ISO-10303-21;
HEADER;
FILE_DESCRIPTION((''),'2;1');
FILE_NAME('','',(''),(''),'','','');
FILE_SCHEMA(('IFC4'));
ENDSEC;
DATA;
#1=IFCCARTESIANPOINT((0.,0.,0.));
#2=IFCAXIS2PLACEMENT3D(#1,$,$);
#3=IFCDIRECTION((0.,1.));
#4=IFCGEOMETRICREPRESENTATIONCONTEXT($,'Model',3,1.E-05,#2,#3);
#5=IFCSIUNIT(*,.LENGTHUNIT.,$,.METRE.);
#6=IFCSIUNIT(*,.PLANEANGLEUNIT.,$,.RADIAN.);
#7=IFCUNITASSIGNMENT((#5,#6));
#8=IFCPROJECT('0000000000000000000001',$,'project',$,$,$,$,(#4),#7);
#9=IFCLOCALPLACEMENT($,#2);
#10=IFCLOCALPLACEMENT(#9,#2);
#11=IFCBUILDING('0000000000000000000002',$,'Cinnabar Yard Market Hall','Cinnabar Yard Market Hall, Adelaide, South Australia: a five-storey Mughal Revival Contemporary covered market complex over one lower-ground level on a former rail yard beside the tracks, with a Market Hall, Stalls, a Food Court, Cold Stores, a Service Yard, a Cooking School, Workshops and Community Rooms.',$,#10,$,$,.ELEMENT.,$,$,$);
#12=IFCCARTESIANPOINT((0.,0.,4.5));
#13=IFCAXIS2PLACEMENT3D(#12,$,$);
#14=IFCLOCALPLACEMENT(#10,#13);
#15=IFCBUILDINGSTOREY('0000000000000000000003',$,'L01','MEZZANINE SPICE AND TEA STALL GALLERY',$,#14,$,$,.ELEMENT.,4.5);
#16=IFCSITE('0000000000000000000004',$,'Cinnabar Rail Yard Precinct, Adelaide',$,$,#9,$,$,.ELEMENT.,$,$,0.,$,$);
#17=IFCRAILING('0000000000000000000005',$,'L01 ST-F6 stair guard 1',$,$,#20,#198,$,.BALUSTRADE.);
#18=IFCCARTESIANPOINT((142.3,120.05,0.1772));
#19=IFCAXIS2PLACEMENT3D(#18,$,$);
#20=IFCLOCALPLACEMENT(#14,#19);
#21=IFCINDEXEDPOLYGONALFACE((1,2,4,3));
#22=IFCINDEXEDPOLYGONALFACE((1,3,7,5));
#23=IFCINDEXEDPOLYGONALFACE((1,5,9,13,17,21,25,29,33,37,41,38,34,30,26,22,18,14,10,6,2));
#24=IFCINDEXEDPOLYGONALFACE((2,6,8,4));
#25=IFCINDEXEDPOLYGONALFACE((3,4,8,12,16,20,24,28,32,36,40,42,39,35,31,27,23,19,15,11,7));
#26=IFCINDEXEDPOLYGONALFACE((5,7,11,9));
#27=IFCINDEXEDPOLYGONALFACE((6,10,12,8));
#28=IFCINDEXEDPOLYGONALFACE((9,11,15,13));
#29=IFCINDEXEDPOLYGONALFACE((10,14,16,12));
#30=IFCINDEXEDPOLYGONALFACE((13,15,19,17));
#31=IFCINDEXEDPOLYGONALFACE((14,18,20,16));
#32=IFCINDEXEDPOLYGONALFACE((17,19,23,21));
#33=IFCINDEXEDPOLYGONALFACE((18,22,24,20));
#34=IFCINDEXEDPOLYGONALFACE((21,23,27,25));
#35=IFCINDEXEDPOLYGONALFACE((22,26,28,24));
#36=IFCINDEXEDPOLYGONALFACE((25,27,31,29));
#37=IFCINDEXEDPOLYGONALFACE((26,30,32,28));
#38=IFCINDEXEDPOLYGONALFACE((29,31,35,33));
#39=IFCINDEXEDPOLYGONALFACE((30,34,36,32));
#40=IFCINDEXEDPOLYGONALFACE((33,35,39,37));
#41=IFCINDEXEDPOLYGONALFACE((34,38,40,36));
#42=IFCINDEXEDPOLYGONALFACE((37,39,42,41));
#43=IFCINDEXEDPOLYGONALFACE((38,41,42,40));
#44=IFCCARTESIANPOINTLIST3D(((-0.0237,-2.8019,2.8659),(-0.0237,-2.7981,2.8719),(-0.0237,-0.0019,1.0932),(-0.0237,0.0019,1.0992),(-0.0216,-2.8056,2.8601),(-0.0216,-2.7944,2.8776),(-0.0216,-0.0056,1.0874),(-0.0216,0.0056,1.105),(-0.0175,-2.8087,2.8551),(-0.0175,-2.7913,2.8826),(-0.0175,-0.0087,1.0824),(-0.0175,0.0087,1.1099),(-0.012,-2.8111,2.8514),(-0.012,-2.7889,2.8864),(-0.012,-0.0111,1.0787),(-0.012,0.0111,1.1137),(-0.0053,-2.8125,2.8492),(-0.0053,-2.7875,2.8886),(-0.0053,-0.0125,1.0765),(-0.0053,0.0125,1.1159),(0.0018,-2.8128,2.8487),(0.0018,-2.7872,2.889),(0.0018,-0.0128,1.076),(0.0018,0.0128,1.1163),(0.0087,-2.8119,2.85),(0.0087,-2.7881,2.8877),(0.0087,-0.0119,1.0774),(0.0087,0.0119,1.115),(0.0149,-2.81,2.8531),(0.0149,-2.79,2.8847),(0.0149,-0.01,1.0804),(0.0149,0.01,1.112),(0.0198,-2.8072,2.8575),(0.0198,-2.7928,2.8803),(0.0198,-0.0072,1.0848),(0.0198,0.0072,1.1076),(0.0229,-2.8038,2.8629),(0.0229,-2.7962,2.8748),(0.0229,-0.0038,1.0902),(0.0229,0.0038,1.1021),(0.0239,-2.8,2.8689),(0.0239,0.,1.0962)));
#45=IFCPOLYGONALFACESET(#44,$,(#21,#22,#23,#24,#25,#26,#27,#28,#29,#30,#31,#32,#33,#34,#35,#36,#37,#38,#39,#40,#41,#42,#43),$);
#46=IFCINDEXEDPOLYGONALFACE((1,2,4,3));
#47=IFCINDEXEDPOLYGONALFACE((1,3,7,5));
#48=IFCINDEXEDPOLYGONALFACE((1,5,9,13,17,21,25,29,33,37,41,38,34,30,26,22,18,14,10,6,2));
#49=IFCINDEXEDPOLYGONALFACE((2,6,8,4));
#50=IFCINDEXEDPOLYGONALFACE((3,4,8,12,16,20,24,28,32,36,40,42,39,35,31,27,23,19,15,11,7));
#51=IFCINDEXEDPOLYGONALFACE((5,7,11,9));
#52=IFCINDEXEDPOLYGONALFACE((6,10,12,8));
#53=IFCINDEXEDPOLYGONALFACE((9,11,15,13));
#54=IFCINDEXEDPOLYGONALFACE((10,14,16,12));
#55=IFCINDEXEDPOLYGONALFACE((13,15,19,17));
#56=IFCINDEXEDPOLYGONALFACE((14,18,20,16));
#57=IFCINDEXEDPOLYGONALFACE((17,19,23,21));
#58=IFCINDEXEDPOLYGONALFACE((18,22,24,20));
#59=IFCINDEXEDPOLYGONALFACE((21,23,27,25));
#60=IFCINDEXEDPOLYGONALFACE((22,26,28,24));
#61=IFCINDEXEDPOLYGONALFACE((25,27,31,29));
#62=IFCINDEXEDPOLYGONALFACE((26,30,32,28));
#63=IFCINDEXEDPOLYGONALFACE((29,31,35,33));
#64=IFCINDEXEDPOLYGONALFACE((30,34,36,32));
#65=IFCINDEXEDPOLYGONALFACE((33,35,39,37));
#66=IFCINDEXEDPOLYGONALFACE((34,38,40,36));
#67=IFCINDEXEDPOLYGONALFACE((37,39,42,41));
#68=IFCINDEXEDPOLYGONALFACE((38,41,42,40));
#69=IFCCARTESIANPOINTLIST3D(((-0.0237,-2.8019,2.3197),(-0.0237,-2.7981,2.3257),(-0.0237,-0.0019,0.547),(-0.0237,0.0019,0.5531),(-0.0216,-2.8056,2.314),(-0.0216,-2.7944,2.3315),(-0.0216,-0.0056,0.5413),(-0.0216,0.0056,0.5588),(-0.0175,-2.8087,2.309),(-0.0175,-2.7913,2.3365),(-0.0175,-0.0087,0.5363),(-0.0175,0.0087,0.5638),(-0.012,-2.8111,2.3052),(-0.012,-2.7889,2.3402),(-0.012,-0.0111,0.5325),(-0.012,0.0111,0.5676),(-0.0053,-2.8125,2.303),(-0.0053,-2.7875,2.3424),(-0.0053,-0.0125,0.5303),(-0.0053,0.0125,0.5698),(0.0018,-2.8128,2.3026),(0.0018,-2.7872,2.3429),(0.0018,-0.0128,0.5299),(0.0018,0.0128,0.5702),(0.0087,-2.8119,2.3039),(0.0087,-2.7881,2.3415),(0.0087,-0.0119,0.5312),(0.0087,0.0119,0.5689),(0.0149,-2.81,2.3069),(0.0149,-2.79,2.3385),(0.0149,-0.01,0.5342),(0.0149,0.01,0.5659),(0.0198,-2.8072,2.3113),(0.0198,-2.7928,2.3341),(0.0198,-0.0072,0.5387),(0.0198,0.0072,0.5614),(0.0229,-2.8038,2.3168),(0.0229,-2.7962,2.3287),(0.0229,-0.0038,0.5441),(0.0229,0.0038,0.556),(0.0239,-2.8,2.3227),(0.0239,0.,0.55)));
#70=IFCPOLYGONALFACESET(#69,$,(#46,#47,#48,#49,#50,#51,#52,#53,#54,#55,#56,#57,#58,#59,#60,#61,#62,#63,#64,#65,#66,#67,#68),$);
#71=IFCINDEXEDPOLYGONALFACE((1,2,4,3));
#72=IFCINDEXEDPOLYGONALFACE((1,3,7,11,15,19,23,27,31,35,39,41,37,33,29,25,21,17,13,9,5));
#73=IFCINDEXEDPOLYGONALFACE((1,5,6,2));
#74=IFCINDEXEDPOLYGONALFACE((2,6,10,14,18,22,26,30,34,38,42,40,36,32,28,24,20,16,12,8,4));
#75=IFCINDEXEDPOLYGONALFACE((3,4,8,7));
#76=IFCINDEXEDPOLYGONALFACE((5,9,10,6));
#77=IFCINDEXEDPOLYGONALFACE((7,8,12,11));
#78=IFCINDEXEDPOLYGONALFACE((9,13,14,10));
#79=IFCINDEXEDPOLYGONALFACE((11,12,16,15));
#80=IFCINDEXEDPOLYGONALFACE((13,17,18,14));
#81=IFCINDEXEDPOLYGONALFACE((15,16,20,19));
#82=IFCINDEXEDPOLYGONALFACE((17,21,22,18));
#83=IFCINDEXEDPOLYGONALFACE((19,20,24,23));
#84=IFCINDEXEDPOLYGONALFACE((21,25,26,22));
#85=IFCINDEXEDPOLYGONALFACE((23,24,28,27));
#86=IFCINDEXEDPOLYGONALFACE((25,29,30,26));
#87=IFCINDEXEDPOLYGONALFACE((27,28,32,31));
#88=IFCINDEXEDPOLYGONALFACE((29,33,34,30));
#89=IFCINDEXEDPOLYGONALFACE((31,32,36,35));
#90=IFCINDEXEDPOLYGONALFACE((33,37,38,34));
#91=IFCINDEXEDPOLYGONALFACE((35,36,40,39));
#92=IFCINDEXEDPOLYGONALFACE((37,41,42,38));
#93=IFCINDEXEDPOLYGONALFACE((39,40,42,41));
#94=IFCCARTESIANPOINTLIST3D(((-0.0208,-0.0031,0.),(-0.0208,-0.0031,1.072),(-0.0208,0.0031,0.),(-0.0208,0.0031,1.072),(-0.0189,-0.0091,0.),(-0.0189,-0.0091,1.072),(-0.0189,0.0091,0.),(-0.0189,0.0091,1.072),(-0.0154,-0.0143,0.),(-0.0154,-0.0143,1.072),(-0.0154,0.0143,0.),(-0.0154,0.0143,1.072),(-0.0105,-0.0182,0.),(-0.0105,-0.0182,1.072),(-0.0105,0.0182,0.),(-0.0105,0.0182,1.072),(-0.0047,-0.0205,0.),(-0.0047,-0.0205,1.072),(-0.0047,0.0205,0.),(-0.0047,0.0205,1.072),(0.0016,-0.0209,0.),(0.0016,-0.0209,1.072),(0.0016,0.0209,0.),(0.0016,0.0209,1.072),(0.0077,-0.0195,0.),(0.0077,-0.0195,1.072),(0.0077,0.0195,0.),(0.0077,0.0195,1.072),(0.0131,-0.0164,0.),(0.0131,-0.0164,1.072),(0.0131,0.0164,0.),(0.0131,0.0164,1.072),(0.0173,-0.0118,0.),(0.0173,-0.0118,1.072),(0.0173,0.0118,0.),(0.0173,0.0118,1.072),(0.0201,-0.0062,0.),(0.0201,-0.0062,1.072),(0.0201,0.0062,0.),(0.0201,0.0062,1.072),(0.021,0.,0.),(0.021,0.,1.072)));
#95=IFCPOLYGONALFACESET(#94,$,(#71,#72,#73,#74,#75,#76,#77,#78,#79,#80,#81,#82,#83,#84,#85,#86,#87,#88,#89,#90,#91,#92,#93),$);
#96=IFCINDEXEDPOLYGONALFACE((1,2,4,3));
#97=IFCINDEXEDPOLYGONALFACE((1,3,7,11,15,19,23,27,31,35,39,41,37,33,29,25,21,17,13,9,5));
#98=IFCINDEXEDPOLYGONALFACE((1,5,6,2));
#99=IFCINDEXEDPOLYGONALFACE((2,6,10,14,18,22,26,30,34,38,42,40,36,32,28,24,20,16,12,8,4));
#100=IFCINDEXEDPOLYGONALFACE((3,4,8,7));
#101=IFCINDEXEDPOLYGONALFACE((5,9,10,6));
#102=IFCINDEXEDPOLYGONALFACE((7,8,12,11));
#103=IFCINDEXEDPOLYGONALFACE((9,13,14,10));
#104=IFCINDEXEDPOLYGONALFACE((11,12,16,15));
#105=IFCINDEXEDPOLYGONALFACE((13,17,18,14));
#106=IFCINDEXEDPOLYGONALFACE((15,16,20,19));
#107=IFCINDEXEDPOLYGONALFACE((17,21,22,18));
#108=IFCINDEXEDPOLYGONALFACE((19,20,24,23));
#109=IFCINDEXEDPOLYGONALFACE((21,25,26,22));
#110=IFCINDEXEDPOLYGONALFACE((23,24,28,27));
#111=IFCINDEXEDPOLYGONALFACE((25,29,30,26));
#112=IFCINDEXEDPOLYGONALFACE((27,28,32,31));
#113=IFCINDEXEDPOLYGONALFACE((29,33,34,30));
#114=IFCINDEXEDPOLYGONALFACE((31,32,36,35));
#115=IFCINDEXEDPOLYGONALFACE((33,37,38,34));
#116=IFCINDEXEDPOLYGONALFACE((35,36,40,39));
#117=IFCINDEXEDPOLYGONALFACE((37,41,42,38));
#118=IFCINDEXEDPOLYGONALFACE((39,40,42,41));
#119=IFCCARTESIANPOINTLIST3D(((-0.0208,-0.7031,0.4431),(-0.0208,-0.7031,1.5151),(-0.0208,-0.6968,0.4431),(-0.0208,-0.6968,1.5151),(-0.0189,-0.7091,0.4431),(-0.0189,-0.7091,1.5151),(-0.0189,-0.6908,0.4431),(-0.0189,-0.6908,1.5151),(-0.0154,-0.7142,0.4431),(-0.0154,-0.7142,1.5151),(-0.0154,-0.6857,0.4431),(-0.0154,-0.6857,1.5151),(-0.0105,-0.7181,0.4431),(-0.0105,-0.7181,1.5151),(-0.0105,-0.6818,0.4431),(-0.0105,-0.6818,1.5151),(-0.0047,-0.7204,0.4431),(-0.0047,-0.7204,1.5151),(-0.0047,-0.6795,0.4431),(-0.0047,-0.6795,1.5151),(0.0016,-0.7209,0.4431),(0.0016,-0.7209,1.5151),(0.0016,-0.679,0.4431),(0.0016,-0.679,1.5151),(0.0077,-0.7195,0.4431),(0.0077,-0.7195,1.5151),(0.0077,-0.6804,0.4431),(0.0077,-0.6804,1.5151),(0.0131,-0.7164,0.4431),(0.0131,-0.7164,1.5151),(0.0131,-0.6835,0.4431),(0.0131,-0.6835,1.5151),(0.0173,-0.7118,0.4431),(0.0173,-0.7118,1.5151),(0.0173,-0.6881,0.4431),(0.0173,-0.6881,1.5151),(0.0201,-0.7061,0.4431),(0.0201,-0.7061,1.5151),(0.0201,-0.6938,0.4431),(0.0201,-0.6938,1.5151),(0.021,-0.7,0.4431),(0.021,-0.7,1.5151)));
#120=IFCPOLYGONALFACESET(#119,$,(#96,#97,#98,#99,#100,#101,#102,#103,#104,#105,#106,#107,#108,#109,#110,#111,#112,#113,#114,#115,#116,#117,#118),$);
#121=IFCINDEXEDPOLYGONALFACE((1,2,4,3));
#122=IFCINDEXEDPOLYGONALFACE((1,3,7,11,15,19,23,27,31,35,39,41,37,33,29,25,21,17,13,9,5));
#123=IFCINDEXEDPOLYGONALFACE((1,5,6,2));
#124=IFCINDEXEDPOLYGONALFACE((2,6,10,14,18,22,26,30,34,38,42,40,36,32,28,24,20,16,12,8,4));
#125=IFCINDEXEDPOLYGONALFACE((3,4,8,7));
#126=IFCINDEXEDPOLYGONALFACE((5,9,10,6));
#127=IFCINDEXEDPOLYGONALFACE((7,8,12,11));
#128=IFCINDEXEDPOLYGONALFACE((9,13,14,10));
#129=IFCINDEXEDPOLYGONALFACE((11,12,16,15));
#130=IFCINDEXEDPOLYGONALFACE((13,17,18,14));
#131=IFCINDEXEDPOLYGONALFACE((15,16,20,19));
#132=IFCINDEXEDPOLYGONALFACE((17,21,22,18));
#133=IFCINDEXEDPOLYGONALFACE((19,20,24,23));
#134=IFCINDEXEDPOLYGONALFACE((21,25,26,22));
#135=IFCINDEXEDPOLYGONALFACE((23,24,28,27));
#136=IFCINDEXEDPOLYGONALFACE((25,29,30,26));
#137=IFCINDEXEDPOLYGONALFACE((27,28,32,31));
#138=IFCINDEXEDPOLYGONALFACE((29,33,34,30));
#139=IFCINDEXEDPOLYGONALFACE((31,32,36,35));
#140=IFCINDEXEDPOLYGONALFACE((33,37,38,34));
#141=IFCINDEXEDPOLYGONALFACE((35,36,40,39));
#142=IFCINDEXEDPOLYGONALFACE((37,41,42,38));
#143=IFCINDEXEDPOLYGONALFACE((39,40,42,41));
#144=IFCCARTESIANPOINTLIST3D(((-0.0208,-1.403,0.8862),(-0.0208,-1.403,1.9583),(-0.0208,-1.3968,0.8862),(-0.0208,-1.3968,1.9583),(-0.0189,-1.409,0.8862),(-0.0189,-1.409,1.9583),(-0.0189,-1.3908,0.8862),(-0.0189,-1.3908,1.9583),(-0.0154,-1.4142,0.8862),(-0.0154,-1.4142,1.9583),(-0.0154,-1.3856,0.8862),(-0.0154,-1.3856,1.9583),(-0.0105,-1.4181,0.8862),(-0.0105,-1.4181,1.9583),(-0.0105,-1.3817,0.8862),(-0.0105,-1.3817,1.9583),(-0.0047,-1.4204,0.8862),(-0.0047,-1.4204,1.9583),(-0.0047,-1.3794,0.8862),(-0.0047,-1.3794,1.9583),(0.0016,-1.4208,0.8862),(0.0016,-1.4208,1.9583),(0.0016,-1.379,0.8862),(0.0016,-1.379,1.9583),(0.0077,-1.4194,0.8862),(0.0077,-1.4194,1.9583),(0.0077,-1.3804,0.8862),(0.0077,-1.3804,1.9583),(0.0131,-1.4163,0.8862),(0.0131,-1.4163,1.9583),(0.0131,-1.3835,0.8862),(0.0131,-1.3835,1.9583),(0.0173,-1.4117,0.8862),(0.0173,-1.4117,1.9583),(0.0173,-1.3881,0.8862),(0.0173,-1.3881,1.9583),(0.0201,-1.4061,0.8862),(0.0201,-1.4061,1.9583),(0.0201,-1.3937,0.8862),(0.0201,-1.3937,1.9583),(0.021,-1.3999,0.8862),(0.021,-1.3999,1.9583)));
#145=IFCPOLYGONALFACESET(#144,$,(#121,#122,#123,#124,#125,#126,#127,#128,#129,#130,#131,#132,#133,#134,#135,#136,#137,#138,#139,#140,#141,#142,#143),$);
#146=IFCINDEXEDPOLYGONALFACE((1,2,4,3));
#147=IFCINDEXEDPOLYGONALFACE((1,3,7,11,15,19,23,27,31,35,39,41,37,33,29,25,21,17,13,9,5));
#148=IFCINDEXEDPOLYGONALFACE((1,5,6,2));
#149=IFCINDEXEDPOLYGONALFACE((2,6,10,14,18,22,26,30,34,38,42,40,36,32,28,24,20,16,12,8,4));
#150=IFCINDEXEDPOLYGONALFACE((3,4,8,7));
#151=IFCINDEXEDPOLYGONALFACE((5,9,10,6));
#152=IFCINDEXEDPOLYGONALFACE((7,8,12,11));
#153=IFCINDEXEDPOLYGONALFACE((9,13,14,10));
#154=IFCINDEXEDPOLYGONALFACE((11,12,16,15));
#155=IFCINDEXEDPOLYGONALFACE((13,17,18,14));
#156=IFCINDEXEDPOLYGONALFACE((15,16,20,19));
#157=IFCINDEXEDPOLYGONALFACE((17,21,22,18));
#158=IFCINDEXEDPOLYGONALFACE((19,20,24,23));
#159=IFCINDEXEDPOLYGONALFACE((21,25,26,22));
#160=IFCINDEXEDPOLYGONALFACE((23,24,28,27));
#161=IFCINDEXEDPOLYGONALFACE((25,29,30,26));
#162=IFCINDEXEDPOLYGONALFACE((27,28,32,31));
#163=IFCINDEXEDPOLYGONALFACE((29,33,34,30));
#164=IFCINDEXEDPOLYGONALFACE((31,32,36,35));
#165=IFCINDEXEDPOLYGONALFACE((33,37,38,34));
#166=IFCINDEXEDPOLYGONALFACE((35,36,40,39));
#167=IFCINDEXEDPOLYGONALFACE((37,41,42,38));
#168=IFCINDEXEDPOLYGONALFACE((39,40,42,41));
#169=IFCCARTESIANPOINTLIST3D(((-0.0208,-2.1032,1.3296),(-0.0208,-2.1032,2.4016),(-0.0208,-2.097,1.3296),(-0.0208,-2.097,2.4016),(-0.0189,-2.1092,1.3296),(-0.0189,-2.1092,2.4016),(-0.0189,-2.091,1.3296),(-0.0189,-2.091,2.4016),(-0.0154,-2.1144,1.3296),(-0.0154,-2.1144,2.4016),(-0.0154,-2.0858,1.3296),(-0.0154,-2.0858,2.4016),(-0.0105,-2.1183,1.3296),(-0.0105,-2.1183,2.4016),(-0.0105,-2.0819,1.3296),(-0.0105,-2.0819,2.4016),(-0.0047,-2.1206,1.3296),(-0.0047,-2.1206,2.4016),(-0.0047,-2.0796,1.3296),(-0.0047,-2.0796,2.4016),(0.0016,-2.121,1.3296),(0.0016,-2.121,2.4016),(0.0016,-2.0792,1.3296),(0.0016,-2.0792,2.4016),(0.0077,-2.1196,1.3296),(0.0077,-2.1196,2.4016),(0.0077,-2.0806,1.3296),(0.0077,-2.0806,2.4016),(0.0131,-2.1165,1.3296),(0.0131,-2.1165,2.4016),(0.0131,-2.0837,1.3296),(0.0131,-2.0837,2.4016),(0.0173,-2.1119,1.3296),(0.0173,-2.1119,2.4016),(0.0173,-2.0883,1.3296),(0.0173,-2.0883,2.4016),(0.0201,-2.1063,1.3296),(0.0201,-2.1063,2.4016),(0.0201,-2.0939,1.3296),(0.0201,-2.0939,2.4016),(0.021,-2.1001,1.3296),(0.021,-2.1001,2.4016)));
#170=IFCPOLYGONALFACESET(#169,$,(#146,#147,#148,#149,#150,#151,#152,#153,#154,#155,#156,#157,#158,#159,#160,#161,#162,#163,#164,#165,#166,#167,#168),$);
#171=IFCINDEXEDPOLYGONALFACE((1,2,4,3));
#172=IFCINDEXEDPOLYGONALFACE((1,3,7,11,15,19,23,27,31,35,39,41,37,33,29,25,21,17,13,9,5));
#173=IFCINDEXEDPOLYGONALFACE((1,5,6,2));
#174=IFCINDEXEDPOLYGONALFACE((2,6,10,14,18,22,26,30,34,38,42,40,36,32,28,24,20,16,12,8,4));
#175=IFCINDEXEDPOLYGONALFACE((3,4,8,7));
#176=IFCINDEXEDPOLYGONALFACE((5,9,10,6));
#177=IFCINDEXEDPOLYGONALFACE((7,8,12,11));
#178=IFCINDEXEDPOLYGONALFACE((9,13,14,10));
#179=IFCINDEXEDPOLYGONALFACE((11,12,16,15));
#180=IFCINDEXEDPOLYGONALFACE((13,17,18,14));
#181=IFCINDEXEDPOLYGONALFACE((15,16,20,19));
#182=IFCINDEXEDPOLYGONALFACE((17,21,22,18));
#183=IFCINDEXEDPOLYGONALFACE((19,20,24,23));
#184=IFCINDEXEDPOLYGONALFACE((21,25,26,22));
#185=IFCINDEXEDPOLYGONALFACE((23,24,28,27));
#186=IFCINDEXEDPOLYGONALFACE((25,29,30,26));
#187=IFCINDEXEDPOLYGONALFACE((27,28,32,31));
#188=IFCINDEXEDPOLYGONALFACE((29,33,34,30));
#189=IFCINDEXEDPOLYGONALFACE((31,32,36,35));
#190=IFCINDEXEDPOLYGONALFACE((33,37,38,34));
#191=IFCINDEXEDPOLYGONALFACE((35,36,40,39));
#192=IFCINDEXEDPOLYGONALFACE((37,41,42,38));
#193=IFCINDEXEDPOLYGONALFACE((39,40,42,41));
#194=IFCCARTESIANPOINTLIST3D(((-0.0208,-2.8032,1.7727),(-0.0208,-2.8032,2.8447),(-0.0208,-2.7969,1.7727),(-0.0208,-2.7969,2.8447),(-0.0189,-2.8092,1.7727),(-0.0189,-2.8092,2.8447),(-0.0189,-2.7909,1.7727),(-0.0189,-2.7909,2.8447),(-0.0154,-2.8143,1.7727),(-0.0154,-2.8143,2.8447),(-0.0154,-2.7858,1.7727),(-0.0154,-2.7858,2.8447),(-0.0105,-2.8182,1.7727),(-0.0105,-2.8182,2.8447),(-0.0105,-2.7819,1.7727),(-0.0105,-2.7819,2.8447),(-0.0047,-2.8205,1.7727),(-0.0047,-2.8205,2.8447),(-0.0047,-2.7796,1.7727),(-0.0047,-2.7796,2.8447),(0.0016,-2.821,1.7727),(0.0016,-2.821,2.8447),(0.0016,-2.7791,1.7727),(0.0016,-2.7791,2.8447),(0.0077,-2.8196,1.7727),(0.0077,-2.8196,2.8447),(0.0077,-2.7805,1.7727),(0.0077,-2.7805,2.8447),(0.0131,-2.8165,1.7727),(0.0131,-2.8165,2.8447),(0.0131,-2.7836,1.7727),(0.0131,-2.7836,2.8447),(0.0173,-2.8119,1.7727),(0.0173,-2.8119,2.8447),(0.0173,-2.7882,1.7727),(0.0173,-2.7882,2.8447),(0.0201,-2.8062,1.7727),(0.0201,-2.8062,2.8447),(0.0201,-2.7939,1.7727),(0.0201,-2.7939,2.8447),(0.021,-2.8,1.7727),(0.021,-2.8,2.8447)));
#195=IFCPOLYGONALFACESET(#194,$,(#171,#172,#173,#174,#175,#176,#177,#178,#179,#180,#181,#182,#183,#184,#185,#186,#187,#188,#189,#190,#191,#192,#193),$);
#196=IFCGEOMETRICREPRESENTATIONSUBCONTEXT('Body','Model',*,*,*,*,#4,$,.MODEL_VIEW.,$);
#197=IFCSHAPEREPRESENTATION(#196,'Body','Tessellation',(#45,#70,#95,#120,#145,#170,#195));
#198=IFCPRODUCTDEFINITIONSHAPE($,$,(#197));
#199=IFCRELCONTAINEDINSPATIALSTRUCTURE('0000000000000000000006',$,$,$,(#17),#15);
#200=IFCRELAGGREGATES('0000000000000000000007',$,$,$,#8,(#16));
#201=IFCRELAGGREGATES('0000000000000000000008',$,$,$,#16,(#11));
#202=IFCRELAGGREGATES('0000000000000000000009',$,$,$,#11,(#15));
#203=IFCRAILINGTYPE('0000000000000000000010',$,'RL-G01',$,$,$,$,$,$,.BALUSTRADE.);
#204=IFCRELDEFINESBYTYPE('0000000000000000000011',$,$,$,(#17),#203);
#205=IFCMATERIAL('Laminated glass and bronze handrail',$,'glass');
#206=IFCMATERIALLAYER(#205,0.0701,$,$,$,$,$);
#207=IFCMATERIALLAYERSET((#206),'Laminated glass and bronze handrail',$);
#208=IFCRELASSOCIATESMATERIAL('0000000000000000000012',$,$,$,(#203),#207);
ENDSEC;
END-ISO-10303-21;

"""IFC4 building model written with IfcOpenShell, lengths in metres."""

from ifc_helpers import new_model, si_unit, direction, frame, origin, origin_2d_with_axis, place, context, subcontext, project, spatial, circle, extrude, material, layer, layer_set, type_object, element, save


model = new_model("IFC4")

# Units and contexts
model_context = context("Model", 3, precision=1e-05, world=origin(), true_north=direction((0.0, 1.0)))
body_context = subcontext(model_context, "Body", "Model", "MODEL_VIEW")
ifc_project = project(units=[si_unit("LENGTHUNIT", "METRE"), si_unit("PLANEANGLEUNIT", "RADIAN")], contexts=[model_context])

# Site, building, storey
site_placement = place(None, origin())
site = spatial("IfcSite", under=ifc_project, at=site_placement, Name="Cinnabar Rail Yard Precinct, Adelaide", CompositionType="ELEMENT", RefElevation=0.0)
building_placement = place(site_placement, origin())
building = spatial("IfcBuilding", under=site, at=building_placement, Name="Cinnabar Yard Market Hall", Description="Cinnabar Yard Market Hall, Adelaide, South Australia: a five-storey Mughal Revival Contemporary covered market complex over one lower-ground level on a former rail yard beside the tracks, with a Market Hall, Stalls, a Food Court, Cold Stores, a Service Yard, a Cooking School, Workshops and Community Rooms.", CompositionType="ELEMENT")
storey_placement = place(building_placement, frame((0.0, 0.0, 4.5)))
storey = spatial("IfcBuildingStorey", under=building, at=storey_placement, Name="L01", Description="MEZZANINE SPICE AND TEA STALL GALLERY", CompositionType="ELEMENT", Elevation=4.5)

# Railing
ifc_material_1 = material(Name="Laminated glass and bronze handrail", Category="glass")
ifc_layer_1 = layer(ifc_material_1, 0.0701)
ifc_layer_set_1 = layer_set([ifc_layer_1], Name="Laminated glass and bronze handrail")
railing_type_1 = type_object("IfcRailingType", Name="RL-G01", PredefinedType="BALUSTRADE", material=ifc_layer_set_1)
railing_1_placement = place(storey_placement, frame((142.3, 120.05, 0.1772)))
element("IfcRailing", 1, at=railing_1_placement, inside=storey, type_object=railing_type_1, Name="L01 ST-F6 stair guard 1", PredefinedType="BALUSTRADE", context=body_context, shape_type="SweptSolid", body=[
    extrude(circle(Radius=0.0239, at=origin_2d_with_axis()), frame((0.0, 0.0, 1.0962), z_axis=(0.0, -0.844909, 0.53491), x_axis=(1.0, 0.0, 0.0)), (0.0, 0.0, 1.0), 3.314),
    extrude(circle(Radius=0.0239, at=origin_2d_with_axis()), frame((0.0, 0.0, 0.55), z_axis=(0.0, -0.844909, 0.53491), x_axis=(1.0, 0.0, 0.0)), (0.0, 0.0, 1.0), 3.314),
    extrude(circle(Radius=0.021, at=origin_2d_with_axis()), origin(), (0.0, 0.0, 1.0), 1.072),
    extrude(circle(Radius=0.021, at=origin_2d_with_axis()), frame((0.0, -0.7, 0.4431)), (0.0, 0.0, 1.0), 1.072),
    extrude(circle(Radius=0.021, at=origin_2d_with_axis()), frame((0.0, -1.3999, 0.8862)), (0.0, 0.0, 1.0), 1.072),
    extrude(circle(Radius=0.021, at=origin_2d_with_axis()), frame((0.0, -2.1001, 1.3296)), (0.0, 0.0, 1.0), 1.072),
    extrude(circle(Radius=0.021, at=origin_2d_with_axis()), frame((0.0, -2.8, 1.7727)), (0.0, 0.0, 1.0), 1.072),
])

save(model, "model.ifc")
